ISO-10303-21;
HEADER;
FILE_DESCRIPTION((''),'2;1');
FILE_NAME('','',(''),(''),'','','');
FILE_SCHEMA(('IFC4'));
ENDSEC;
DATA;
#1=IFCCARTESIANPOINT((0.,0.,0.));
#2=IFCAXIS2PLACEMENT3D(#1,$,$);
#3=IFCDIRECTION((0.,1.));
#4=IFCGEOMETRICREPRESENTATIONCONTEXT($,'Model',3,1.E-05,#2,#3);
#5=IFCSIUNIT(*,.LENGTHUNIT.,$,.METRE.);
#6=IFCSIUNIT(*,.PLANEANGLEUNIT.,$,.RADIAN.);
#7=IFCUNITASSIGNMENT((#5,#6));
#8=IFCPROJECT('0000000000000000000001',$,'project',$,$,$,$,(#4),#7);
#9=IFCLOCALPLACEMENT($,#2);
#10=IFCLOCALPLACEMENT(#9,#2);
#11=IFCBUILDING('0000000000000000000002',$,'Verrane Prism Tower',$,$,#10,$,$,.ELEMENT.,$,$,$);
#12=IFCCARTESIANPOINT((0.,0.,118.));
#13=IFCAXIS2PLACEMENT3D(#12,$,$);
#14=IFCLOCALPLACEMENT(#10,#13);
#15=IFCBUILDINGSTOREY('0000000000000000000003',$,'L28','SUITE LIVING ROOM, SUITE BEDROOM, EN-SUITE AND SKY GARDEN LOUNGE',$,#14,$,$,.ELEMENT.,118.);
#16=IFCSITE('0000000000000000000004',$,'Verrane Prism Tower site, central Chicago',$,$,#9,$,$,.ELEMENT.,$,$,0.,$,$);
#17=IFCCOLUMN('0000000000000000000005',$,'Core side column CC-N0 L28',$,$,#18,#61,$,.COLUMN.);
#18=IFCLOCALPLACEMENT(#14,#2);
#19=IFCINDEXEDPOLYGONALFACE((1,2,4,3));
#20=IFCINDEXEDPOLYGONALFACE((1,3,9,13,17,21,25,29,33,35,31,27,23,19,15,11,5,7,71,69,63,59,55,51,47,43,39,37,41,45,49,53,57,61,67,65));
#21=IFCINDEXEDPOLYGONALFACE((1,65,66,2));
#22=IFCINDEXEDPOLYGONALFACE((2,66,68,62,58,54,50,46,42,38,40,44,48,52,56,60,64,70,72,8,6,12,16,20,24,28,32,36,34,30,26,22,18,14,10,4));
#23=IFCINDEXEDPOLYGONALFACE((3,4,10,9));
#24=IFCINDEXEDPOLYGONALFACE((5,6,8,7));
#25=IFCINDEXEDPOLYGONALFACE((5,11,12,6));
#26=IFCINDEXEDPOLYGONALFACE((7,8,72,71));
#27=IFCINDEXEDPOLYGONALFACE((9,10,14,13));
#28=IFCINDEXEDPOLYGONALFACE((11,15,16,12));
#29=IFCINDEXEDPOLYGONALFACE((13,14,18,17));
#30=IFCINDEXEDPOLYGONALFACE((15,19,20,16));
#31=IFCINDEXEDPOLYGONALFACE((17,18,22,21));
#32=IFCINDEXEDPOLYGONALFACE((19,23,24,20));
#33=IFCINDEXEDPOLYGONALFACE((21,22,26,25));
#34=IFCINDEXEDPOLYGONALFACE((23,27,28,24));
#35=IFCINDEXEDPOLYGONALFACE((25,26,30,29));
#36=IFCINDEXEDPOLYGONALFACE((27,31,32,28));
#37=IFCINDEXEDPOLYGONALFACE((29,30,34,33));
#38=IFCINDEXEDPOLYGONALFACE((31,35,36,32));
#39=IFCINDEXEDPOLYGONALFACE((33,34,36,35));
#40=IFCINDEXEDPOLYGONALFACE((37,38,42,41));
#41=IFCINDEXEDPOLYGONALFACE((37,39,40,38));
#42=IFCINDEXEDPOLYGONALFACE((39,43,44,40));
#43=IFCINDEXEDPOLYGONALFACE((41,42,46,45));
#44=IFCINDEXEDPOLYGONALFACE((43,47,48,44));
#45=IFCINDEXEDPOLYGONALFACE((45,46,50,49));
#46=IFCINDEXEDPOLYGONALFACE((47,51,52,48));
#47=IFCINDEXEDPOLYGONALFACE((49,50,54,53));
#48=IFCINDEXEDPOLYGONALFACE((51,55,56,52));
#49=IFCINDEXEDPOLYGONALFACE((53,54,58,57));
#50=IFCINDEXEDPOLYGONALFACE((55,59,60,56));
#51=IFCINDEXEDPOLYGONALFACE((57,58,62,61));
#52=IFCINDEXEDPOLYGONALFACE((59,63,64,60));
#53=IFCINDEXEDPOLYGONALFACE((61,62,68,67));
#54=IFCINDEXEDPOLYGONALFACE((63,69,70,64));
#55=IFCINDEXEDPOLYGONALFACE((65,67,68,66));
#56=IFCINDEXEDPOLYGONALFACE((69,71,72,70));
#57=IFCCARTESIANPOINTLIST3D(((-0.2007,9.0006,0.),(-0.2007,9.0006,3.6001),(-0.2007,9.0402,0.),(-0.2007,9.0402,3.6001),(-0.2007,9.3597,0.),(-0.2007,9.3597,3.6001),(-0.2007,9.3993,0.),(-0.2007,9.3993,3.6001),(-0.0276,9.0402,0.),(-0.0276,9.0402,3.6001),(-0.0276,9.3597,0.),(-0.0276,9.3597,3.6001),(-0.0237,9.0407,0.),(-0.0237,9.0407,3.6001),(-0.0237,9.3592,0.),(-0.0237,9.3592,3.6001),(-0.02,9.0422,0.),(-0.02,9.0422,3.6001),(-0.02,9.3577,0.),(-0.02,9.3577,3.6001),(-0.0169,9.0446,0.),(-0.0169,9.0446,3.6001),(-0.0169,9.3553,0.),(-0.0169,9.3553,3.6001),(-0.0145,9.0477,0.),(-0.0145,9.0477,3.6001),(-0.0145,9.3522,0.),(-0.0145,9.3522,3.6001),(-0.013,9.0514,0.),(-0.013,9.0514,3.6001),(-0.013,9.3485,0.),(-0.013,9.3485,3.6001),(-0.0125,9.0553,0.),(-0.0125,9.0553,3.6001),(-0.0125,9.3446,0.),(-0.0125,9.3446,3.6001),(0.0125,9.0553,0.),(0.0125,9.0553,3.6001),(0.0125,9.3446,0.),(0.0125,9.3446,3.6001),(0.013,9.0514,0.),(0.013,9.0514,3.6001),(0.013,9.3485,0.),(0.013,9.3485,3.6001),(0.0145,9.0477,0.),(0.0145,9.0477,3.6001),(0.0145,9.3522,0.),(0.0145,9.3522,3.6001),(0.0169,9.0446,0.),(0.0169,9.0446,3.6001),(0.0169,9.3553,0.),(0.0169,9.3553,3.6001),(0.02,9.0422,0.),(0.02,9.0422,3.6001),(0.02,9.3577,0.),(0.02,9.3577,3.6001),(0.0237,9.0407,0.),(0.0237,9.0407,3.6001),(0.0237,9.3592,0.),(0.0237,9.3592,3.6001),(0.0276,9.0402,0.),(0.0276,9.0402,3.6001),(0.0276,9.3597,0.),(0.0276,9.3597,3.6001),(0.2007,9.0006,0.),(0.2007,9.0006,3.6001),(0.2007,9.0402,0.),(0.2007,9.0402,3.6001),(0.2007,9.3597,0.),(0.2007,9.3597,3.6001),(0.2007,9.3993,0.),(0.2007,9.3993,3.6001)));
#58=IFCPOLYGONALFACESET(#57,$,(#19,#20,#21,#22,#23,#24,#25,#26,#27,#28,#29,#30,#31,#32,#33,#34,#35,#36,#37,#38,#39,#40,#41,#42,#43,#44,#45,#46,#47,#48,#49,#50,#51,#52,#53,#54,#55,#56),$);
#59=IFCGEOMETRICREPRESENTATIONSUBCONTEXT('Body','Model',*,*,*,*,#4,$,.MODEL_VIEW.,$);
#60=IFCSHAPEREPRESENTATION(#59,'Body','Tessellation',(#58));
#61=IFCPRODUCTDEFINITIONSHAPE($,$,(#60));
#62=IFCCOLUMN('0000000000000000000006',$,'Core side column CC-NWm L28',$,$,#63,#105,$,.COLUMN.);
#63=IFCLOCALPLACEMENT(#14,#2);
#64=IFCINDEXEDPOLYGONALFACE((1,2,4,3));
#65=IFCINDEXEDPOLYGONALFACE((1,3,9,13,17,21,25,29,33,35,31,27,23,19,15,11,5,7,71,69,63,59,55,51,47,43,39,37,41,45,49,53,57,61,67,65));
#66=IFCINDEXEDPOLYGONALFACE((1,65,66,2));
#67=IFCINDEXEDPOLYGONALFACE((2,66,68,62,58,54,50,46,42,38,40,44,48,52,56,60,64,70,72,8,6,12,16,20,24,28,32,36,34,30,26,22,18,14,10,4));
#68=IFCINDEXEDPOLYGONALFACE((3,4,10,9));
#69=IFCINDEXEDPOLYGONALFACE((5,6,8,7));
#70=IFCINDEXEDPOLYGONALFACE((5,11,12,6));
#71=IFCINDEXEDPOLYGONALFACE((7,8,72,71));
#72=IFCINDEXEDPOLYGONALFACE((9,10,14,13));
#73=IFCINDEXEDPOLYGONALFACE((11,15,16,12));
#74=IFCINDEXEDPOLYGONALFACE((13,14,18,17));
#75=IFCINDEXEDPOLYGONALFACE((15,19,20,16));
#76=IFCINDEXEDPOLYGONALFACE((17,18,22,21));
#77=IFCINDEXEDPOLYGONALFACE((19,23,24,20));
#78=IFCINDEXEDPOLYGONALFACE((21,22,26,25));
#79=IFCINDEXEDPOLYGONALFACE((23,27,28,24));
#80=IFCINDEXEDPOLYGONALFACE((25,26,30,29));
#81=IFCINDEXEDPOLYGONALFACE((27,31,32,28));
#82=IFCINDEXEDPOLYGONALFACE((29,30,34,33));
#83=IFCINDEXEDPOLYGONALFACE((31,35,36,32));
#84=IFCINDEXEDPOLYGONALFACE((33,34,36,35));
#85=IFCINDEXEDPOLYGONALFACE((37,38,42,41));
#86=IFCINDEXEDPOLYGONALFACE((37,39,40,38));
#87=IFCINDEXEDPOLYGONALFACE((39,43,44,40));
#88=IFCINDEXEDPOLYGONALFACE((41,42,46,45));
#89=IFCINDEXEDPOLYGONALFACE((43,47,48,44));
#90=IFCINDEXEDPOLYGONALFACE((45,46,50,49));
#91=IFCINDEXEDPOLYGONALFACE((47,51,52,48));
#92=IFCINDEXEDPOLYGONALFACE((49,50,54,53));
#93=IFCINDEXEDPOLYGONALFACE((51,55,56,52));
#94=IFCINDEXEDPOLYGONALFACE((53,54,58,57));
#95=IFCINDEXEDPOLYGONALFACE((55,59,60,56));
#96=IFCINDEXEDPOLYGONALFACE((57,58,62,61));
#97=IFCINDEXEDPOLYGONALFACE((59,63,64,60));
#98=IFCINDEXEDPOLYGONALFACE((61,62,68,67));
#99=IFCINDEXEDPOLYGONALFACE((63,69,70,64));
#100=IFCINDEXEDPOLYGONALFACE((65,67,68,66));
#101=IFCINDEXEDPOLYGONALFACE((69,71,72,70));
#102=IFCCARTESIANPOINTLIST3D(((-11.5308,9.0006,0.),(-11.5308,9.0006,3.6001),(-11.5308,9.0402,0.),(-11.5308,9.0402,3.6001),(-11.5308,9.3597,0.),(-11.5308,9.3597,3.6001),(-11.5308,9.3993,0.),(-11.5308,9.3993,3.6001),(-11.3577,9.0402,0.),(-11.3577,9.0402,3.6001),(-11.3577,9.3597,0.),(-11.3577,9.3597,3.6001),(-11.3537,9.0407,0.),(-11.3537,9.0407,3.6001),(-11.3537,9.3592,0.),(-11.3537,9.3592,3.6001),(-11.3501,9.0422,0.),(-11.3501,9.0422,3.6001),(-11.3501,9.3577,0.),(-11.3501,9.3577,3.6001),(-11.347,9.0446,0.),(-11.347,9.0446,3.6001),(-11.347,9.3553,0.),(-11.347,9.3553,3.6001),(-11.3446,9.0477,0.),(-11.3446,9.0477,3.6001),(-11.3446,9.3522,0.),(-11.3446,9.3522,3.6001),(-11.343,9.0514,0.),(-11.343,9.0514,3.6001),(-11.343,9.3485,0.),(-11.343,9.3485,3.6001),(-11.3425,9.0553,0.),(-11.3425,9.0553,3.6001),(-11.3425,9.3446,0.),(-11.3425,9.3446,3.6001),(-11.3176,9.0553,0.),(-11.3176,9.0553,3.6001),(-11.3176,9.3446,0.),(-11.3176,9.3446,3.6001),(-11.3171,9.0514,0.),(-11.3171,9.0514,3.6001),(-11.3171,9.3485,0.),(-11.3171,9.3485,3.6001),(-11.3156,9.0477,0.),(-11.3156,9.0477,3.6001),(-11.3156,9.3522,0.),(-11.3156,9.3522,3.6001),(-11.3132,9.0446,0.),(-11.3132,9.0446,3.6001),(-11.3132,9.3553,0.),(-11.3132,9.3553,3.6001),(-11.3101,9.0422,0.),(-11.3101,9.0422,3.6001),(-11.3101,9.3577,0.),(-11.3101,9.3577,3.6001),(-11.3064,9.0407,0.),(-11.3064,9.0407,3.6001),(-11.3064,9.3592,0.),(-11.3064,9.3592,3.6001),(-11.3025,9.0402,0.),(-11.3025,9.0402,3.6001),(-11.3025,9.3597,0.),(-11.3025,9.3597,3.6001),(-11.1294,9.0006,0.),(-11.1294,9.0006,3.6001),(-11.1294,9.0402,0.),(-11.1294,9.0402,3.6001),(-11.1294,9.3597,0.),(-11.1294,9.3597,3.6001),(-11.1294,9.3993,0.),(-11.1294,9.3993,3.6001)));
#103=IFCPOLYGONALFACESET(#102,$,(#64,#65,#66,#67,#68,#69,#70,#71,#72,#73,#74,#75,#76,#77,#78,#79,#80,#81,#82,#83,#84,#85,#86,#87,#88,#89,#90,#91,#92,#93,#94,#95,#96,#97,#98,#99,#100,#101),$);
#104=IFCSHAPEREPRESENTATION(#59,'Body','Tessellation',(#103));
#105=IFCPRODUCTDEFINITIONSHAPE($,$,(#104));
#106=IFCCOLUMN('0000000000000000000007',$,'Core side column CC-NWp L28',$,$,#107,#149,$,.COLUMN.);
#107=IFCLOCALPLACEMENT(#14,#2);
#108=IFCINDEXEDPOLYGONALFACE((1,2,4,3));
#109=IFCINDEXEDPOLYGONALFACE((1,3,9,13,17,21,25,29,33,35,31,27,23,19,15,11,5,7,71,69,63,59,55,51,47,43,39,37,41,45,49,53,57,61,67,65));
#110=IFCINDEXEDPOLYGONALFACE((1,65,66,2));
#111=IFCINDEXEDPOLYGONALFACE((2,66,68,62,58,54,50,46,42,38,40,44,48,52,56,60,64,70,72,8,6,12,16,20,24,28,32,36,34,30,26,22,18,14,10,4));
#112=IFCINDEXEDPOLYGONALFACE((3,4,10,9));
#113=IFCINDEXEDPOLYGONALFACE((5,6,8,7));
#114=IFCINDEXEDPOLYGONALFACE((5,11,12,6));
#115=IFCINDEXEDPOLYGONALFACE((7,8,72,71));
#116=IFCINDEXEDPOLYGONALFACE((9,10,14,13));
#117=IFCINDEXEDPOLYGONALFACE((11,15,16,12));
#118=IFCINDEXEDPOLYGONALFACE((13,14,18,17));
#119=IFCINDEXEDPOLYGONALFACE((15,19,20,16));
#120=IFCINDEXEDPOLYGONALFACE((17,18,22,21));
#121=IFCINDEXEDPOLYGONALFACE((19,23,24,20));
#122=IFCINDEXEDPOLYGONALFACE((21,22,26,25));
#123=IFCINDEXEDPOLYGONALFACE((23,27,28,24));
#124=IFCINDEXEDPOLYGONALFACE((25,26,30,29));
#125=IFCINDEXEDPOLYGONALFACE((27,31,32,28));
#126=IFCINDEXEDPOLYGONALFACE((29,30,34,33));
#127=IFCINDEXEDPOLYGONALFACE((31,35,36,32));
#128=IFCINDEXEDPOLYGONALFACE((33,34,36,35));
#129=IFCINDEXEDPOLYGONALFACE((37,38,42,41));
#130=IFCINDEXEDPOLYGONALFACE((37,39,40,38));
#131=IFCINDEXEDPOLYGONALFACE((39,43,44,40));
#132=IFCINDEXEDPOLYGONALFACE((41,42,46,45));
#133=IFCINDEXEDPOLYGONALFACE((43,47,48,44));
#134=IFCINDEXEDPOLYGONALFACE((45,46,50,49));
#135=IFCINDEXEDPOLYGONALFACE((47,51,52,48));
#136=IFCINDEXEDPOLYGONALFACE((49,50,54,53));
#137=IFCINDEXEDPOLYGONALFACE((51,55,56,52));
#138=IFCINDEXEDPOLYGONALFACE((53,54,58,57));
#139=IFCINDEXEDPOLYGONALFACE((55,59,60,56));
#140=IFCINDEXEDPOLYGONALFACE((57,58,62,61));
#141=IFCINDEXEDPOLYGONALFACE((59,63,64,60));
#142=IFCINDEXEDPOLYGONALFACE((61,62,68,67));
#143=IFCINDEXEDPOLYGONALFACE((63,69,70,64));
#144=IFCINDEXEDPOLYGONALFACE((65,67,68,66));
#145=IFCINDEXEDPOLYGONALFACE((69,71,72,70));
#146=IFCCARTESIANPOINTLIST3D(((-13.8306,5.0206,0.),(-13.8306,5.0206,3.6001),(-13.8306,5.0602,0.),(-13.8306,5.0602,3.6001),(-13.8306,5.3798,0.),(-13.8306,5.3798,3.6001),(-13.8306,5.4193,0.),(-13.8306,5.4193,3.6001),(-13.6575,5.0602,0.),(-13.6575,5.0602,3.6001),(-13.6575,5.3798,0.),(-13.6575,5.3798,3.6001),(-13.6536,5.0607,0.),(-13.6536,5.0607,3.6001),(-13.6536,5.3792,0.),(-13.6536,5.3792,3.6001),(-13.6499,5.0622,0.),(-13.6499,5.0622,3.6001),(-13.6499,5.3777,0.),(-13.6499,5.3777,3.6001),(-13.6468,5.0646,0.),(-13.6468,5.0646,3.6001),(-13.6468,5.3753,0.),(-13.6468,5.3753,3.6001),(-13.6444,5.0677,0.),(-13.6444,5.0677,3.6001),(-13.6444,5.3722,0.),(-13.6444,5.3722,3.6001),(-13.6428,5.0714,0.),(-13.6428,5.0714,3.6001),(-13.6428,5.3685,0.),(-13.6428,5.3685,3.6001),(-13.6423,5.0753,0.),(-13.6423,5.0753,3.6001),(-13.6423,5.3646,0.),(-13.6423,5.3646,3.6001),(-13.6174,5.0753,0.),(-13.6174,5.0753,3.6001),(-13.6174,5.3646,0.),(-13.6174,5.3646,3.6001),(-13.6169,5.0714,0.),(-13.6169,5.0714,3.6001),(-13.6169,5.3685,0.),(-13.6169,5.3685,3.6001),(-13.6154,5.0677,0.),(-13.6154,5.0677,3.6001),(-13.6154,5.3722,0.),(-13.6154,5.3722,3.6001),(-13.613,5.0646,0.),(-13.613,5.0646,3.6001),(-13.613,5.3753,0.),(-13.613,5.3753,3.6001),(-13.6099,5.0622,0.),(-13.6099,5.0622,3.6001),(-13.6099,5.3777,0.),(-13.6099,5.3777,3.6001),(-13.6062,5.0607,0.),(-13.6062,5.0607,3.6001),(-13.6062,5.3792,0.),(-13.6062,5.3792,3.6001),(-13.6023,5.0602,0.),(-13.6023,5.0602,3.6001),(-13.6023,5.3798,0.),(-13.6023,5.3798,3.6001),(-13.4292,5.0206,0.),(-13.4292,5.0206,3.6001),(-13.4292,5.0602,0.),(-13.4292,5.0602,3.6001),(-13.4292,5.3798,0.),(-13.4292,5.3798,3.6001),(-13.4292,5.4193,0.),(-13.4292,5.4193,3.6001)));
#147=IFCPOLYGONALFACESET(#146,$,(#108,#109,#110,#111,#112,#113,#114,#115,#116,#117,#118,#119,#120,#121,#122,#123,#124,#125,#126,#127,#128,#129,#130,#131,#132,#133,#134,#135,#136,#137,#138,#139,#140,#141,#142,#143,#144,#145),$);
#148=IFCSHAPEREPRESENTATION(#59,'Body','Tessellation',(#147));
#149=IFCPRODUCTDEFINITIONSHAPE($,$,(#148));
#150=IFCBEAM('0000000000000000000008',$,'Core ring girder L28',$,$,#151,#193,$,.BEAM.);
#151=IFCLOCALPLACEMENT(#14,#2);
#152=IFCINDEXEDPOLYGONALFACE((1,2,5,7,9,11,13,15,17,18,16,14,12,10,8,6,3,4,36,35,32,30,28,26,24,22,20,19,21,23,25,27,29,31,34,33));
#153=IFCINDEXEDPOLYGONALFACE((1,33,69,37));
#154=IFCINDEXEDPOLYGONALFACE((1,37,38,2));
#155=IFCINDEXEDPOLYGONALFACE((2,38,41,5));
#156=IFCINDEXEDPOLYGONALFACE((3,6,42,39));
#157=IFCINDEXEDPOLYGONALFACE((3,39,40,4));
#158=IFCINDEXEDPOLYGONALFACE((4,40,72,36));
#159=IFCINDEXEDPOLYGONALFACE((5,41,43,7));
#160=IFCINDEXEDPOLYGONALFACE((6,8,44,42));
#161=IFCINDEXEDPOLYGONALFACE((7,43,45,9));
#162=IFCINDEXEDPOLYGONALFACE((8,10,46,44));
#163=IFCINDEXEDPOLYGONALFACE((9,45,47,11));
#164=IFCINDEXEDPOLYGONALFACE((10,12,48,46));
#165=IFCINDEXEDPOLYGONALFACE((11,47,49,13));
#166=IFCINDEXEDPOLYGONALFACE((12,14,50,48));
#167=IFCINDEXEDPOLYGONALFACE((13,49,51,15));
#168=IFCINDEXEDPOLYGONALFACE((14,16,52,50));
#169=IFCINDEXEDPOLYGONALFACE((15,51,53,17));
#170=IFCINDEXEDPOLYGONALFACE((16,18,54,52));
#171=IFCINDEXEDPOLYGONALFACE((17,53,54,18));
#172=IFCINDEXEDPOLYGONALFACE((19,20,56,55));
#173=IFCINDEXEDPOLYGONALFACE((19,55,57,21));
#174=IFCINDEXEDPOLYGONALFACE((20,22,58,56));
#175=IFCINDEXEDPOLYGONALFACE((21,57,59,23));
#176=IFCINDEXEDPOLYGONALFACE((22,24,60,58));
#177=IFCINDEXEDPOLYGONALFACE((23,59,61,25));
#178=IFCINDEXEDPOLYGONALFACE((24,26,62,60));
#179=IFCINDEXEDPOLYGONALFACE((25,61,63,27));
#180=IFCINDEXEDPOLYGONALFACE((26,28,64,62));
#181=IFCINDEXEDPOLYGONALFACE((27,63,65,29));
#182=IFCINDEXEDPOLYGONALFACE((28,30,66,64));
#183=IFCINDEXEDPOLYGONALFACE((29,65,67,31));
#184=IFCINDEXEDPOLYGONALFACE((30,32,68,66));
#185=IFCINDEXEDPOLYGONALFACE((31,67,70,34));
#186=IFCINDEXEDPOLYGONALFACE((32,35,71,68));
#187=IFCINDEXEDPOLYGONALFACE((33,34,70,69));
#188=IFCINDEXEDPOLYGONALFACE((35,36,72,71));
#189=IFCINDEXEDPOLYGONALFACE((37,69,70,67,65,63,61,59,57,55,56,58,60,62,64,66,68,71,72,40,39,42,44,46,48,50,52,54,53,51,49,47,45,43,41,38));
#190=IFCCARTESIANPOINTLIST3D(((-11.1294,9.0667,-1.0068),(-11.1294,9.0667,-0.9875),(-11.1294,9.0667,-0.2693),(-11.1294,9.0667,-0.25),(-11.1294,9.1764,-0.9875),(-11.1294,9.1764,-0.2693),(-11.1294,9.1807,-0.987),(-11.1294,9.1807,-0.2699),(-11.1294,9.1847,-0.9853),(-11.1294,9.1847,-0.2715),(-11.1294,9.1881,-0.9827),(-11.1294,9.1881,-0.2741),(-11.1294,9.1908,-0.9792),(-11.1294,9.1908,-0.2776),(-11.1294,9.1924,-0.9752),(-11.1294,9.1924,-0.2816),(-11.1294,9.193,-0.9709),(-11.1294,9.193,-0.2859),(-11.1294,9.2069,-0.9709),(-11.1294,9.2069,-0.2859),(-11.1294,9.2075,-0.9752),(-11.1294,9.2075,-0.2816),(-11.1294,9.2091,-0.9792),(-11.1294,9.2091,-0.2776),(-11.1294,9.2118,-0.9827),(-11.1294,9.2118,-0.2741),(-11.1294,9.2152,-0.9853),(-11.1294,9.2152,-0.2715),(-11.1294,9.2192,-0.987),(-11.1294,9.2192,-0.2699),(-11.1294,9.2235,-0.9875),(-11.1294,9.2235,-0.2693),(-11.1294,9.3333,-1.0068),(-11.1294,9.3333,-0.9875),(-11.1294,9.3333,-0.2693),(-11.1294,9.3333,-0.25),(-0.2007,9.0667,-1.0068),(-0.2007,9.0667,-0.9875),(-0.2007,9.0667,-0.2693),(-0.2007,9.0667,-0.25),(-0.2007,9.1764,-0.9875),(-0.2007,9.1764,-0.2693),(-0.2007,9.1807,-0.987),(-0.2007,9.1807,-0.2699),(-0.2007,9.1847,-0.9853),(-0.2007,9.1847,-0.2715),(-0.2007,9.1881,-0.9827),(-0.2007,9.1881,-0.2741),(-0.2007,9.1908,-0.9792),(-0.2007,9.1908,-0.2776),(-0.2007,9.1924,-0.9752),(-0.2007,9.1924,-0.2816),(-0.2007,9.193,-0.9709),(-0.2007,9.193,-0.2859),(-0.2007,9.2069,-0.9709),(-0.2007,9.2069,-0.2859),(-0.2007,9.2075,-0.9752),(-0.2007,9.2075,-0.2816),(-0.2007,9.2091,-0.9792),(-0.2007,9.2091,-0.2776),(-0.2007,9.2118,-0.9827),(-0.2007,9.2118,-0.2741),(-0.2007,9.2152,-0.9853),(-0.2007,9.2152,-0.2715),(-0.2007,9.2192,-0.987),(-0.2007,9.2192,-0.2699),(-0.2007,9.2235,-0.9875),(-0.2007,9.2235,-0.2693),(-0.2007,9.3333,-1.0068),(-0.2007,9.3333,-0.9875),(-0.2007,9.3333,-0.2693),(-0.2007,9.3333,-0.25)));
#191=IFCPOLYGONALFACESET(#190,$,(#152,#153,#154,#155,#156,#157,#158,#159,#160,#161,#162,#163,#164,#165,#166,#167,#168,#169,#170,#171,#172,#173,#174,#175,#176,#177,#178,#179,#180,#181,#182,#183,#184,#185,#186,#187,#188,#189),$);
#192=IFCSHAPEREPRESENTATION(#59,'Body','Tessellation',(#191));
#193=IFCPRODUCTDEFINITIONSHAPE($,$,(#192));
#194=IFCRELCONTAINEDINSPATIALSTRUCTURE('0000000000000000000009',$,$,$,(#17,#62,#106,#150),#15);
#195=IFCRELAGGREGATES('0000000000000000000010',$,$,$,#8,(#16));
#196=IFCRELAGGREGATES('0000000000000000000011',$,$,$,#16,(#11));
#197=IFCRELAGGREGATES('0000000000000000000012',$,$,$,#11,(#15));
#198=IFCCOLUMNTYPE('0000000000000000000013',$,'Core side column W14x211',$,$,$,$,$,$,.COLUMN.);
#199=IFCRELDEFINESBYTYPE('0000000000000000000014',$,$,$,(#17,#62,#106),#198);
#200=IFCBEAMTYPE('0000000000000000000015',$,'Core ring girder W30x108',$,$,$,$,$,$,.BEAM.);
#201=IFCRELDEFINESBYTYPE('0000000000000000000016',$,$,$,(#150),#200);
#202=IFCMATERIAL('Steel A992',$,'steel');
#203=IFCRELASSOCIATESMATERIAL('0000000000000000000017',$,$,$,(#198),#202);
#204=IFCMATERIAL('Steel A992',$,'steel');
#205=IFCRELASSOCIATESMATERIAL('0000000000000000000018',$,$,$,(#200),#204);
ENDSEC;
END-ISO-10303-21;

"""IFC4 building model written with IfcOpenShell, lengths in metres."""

from ifc_helpers import new_model, si_unit, direction, frame, origin, origin_2d, place, context, subcontext, project, spatial, i_section, extrude, material, material_profile, profile_set, type_object, element, save


model = new_model("IFC4")

# Units and contexts
model_context = context("Model", 3, precision=1e-05, world=origin(), true_north=direction((0.0, 1.0)))
body_context = subcontext(model_context, "Body", "Model", "MODEL_VIEW")
ifc_project = project(units=[si_unit("LENGTHUNIT", "METRE"), si_unit("PLANEANGLEUNIT", "RADIAN")], contexts=[model_context])

# Site, building, storey
site_placement = place(None, origin())
site = spatial("IfcSite", under=ifc_project, at=site_placement, Name="Verrane Prism Tower site, central Chicago", CompositionType="ELEMENT", RefElevation=0.0)
building_placement = place(site_placement, origin())
building = spatial("IfcBuilding", under=site, at=building_placement, Name="Verrane Prism Tower", CompositionType="ELEMENT")
storey_placement = place(building_placement, frame((0.0, 0.0, 118.0)))
storey = spatial("IfcBuildingStorey", under=building, at=storey_placement, Name="L28", Description="SUITE LIVING ROOM, SUITE BEDROOM, EN-SUITE AND SKY GARDEN LOUNGE", CompositionType="ELEMENT", Elevation=118.0)

# Columns
ifc_material_1 = material(Name="Steel A992", Category="steel")
ifc_material_profile_1 = material_profile(ifc_material_1, i_section(OverallWidth=0.4014, OverallDepth=0.3987, WebThickness=0.0249, FlangeThickness=0.0396, FilletRadius=0.0151, at=origin_2d()), Name="W14x211")
ifc_profile_set_1 = profile_set([ifc_material_profile_1], Name="Steel A992")
column_type = type_object("IfcColumnType", Name="Core side column W14x211", PredefinedType="COLUMN", material=ifc_profile_set_1)
for number, where, z_axis, x_axis, name in (
    (1, (0.0, 9.2, 0.0), (0.0, 0.0, 1.0), (1.0, 0.0, 0.0), "Core side column CC-N0 L28"),
    (2, (-11.3301, 9.2, 0.0), (0.0, 0.0, 1.0), (1.0, 0.0, 0.0), "Core side column CC-NWm L28"),
    (3, (-13.6299, 5.22, 0.0), (0.0, 0.0, 1.0), (1.0, 0.0, 0.0), "Core side column CC-NWp L28"),
):
    element("IfcColumn", number, at=place(storey_placement, frame(where, z_axis=z_axis, x_axis=x_axis)), inside=storey, type_object=column_type, Name=name, PredefinedType="COLUMN", context=body_context, shape_type="SweptSolid", body=[
        extrude(i_section(OverallWidth=0.4014, OverallDepth=0.3987, WebThickness=0.0249, FlangeThickness=0.0396, FilletRadius=0.0151, at=origin_2d()), origin(), (0.0, 0.0, 1.0), 3.6001),
    ])

# Beam
ifc_material_2 = material(Name="Steel A992", Category="steel")
ifc_material_profile_2 = material_profile(ifc_material_2, i_section(OverallWidth=0.2666, OverallDepth=0.7568, WebThickness=0.0139, FlangeThickness=0.0193, FilletRadius=0.0166, at=origin_2d()), Name="W30x108")
ifc_profile_set_2 = profile_set([ifc_material_profile_2], Name="Steel A992")
beam_type = type_object("IfcBeamType", Name="Core ring girder W30x108", PredefinedType="BEAM", material=ifc_profile_set_2)
beam_1_placement = place(storey_placement, frame((-0.2007, 9.2, -0.6284), z_axis=(-1.0, 0.0, 0.0), x_axis=(0.0, -1.0, 0.0)))
element("IfcBeam", 4, at=beam_1_placement, inside=storey, type_object=beam_type, Name="Core ring girder L28", PredefinedType="BEAM", context=body_context, shape_type="SweptSolid", body=[
    extrude(i_section(OverallWidth=0.2666, OverallDepth=0.7568, WebThickness=0.0139, FlangeThickness=0.0193, FilletRadius=0.0166, at=origin_2d()), origin(), (0.0, 0.0, 1.0), 10.9287),
])

save(model, "model.ifc")
